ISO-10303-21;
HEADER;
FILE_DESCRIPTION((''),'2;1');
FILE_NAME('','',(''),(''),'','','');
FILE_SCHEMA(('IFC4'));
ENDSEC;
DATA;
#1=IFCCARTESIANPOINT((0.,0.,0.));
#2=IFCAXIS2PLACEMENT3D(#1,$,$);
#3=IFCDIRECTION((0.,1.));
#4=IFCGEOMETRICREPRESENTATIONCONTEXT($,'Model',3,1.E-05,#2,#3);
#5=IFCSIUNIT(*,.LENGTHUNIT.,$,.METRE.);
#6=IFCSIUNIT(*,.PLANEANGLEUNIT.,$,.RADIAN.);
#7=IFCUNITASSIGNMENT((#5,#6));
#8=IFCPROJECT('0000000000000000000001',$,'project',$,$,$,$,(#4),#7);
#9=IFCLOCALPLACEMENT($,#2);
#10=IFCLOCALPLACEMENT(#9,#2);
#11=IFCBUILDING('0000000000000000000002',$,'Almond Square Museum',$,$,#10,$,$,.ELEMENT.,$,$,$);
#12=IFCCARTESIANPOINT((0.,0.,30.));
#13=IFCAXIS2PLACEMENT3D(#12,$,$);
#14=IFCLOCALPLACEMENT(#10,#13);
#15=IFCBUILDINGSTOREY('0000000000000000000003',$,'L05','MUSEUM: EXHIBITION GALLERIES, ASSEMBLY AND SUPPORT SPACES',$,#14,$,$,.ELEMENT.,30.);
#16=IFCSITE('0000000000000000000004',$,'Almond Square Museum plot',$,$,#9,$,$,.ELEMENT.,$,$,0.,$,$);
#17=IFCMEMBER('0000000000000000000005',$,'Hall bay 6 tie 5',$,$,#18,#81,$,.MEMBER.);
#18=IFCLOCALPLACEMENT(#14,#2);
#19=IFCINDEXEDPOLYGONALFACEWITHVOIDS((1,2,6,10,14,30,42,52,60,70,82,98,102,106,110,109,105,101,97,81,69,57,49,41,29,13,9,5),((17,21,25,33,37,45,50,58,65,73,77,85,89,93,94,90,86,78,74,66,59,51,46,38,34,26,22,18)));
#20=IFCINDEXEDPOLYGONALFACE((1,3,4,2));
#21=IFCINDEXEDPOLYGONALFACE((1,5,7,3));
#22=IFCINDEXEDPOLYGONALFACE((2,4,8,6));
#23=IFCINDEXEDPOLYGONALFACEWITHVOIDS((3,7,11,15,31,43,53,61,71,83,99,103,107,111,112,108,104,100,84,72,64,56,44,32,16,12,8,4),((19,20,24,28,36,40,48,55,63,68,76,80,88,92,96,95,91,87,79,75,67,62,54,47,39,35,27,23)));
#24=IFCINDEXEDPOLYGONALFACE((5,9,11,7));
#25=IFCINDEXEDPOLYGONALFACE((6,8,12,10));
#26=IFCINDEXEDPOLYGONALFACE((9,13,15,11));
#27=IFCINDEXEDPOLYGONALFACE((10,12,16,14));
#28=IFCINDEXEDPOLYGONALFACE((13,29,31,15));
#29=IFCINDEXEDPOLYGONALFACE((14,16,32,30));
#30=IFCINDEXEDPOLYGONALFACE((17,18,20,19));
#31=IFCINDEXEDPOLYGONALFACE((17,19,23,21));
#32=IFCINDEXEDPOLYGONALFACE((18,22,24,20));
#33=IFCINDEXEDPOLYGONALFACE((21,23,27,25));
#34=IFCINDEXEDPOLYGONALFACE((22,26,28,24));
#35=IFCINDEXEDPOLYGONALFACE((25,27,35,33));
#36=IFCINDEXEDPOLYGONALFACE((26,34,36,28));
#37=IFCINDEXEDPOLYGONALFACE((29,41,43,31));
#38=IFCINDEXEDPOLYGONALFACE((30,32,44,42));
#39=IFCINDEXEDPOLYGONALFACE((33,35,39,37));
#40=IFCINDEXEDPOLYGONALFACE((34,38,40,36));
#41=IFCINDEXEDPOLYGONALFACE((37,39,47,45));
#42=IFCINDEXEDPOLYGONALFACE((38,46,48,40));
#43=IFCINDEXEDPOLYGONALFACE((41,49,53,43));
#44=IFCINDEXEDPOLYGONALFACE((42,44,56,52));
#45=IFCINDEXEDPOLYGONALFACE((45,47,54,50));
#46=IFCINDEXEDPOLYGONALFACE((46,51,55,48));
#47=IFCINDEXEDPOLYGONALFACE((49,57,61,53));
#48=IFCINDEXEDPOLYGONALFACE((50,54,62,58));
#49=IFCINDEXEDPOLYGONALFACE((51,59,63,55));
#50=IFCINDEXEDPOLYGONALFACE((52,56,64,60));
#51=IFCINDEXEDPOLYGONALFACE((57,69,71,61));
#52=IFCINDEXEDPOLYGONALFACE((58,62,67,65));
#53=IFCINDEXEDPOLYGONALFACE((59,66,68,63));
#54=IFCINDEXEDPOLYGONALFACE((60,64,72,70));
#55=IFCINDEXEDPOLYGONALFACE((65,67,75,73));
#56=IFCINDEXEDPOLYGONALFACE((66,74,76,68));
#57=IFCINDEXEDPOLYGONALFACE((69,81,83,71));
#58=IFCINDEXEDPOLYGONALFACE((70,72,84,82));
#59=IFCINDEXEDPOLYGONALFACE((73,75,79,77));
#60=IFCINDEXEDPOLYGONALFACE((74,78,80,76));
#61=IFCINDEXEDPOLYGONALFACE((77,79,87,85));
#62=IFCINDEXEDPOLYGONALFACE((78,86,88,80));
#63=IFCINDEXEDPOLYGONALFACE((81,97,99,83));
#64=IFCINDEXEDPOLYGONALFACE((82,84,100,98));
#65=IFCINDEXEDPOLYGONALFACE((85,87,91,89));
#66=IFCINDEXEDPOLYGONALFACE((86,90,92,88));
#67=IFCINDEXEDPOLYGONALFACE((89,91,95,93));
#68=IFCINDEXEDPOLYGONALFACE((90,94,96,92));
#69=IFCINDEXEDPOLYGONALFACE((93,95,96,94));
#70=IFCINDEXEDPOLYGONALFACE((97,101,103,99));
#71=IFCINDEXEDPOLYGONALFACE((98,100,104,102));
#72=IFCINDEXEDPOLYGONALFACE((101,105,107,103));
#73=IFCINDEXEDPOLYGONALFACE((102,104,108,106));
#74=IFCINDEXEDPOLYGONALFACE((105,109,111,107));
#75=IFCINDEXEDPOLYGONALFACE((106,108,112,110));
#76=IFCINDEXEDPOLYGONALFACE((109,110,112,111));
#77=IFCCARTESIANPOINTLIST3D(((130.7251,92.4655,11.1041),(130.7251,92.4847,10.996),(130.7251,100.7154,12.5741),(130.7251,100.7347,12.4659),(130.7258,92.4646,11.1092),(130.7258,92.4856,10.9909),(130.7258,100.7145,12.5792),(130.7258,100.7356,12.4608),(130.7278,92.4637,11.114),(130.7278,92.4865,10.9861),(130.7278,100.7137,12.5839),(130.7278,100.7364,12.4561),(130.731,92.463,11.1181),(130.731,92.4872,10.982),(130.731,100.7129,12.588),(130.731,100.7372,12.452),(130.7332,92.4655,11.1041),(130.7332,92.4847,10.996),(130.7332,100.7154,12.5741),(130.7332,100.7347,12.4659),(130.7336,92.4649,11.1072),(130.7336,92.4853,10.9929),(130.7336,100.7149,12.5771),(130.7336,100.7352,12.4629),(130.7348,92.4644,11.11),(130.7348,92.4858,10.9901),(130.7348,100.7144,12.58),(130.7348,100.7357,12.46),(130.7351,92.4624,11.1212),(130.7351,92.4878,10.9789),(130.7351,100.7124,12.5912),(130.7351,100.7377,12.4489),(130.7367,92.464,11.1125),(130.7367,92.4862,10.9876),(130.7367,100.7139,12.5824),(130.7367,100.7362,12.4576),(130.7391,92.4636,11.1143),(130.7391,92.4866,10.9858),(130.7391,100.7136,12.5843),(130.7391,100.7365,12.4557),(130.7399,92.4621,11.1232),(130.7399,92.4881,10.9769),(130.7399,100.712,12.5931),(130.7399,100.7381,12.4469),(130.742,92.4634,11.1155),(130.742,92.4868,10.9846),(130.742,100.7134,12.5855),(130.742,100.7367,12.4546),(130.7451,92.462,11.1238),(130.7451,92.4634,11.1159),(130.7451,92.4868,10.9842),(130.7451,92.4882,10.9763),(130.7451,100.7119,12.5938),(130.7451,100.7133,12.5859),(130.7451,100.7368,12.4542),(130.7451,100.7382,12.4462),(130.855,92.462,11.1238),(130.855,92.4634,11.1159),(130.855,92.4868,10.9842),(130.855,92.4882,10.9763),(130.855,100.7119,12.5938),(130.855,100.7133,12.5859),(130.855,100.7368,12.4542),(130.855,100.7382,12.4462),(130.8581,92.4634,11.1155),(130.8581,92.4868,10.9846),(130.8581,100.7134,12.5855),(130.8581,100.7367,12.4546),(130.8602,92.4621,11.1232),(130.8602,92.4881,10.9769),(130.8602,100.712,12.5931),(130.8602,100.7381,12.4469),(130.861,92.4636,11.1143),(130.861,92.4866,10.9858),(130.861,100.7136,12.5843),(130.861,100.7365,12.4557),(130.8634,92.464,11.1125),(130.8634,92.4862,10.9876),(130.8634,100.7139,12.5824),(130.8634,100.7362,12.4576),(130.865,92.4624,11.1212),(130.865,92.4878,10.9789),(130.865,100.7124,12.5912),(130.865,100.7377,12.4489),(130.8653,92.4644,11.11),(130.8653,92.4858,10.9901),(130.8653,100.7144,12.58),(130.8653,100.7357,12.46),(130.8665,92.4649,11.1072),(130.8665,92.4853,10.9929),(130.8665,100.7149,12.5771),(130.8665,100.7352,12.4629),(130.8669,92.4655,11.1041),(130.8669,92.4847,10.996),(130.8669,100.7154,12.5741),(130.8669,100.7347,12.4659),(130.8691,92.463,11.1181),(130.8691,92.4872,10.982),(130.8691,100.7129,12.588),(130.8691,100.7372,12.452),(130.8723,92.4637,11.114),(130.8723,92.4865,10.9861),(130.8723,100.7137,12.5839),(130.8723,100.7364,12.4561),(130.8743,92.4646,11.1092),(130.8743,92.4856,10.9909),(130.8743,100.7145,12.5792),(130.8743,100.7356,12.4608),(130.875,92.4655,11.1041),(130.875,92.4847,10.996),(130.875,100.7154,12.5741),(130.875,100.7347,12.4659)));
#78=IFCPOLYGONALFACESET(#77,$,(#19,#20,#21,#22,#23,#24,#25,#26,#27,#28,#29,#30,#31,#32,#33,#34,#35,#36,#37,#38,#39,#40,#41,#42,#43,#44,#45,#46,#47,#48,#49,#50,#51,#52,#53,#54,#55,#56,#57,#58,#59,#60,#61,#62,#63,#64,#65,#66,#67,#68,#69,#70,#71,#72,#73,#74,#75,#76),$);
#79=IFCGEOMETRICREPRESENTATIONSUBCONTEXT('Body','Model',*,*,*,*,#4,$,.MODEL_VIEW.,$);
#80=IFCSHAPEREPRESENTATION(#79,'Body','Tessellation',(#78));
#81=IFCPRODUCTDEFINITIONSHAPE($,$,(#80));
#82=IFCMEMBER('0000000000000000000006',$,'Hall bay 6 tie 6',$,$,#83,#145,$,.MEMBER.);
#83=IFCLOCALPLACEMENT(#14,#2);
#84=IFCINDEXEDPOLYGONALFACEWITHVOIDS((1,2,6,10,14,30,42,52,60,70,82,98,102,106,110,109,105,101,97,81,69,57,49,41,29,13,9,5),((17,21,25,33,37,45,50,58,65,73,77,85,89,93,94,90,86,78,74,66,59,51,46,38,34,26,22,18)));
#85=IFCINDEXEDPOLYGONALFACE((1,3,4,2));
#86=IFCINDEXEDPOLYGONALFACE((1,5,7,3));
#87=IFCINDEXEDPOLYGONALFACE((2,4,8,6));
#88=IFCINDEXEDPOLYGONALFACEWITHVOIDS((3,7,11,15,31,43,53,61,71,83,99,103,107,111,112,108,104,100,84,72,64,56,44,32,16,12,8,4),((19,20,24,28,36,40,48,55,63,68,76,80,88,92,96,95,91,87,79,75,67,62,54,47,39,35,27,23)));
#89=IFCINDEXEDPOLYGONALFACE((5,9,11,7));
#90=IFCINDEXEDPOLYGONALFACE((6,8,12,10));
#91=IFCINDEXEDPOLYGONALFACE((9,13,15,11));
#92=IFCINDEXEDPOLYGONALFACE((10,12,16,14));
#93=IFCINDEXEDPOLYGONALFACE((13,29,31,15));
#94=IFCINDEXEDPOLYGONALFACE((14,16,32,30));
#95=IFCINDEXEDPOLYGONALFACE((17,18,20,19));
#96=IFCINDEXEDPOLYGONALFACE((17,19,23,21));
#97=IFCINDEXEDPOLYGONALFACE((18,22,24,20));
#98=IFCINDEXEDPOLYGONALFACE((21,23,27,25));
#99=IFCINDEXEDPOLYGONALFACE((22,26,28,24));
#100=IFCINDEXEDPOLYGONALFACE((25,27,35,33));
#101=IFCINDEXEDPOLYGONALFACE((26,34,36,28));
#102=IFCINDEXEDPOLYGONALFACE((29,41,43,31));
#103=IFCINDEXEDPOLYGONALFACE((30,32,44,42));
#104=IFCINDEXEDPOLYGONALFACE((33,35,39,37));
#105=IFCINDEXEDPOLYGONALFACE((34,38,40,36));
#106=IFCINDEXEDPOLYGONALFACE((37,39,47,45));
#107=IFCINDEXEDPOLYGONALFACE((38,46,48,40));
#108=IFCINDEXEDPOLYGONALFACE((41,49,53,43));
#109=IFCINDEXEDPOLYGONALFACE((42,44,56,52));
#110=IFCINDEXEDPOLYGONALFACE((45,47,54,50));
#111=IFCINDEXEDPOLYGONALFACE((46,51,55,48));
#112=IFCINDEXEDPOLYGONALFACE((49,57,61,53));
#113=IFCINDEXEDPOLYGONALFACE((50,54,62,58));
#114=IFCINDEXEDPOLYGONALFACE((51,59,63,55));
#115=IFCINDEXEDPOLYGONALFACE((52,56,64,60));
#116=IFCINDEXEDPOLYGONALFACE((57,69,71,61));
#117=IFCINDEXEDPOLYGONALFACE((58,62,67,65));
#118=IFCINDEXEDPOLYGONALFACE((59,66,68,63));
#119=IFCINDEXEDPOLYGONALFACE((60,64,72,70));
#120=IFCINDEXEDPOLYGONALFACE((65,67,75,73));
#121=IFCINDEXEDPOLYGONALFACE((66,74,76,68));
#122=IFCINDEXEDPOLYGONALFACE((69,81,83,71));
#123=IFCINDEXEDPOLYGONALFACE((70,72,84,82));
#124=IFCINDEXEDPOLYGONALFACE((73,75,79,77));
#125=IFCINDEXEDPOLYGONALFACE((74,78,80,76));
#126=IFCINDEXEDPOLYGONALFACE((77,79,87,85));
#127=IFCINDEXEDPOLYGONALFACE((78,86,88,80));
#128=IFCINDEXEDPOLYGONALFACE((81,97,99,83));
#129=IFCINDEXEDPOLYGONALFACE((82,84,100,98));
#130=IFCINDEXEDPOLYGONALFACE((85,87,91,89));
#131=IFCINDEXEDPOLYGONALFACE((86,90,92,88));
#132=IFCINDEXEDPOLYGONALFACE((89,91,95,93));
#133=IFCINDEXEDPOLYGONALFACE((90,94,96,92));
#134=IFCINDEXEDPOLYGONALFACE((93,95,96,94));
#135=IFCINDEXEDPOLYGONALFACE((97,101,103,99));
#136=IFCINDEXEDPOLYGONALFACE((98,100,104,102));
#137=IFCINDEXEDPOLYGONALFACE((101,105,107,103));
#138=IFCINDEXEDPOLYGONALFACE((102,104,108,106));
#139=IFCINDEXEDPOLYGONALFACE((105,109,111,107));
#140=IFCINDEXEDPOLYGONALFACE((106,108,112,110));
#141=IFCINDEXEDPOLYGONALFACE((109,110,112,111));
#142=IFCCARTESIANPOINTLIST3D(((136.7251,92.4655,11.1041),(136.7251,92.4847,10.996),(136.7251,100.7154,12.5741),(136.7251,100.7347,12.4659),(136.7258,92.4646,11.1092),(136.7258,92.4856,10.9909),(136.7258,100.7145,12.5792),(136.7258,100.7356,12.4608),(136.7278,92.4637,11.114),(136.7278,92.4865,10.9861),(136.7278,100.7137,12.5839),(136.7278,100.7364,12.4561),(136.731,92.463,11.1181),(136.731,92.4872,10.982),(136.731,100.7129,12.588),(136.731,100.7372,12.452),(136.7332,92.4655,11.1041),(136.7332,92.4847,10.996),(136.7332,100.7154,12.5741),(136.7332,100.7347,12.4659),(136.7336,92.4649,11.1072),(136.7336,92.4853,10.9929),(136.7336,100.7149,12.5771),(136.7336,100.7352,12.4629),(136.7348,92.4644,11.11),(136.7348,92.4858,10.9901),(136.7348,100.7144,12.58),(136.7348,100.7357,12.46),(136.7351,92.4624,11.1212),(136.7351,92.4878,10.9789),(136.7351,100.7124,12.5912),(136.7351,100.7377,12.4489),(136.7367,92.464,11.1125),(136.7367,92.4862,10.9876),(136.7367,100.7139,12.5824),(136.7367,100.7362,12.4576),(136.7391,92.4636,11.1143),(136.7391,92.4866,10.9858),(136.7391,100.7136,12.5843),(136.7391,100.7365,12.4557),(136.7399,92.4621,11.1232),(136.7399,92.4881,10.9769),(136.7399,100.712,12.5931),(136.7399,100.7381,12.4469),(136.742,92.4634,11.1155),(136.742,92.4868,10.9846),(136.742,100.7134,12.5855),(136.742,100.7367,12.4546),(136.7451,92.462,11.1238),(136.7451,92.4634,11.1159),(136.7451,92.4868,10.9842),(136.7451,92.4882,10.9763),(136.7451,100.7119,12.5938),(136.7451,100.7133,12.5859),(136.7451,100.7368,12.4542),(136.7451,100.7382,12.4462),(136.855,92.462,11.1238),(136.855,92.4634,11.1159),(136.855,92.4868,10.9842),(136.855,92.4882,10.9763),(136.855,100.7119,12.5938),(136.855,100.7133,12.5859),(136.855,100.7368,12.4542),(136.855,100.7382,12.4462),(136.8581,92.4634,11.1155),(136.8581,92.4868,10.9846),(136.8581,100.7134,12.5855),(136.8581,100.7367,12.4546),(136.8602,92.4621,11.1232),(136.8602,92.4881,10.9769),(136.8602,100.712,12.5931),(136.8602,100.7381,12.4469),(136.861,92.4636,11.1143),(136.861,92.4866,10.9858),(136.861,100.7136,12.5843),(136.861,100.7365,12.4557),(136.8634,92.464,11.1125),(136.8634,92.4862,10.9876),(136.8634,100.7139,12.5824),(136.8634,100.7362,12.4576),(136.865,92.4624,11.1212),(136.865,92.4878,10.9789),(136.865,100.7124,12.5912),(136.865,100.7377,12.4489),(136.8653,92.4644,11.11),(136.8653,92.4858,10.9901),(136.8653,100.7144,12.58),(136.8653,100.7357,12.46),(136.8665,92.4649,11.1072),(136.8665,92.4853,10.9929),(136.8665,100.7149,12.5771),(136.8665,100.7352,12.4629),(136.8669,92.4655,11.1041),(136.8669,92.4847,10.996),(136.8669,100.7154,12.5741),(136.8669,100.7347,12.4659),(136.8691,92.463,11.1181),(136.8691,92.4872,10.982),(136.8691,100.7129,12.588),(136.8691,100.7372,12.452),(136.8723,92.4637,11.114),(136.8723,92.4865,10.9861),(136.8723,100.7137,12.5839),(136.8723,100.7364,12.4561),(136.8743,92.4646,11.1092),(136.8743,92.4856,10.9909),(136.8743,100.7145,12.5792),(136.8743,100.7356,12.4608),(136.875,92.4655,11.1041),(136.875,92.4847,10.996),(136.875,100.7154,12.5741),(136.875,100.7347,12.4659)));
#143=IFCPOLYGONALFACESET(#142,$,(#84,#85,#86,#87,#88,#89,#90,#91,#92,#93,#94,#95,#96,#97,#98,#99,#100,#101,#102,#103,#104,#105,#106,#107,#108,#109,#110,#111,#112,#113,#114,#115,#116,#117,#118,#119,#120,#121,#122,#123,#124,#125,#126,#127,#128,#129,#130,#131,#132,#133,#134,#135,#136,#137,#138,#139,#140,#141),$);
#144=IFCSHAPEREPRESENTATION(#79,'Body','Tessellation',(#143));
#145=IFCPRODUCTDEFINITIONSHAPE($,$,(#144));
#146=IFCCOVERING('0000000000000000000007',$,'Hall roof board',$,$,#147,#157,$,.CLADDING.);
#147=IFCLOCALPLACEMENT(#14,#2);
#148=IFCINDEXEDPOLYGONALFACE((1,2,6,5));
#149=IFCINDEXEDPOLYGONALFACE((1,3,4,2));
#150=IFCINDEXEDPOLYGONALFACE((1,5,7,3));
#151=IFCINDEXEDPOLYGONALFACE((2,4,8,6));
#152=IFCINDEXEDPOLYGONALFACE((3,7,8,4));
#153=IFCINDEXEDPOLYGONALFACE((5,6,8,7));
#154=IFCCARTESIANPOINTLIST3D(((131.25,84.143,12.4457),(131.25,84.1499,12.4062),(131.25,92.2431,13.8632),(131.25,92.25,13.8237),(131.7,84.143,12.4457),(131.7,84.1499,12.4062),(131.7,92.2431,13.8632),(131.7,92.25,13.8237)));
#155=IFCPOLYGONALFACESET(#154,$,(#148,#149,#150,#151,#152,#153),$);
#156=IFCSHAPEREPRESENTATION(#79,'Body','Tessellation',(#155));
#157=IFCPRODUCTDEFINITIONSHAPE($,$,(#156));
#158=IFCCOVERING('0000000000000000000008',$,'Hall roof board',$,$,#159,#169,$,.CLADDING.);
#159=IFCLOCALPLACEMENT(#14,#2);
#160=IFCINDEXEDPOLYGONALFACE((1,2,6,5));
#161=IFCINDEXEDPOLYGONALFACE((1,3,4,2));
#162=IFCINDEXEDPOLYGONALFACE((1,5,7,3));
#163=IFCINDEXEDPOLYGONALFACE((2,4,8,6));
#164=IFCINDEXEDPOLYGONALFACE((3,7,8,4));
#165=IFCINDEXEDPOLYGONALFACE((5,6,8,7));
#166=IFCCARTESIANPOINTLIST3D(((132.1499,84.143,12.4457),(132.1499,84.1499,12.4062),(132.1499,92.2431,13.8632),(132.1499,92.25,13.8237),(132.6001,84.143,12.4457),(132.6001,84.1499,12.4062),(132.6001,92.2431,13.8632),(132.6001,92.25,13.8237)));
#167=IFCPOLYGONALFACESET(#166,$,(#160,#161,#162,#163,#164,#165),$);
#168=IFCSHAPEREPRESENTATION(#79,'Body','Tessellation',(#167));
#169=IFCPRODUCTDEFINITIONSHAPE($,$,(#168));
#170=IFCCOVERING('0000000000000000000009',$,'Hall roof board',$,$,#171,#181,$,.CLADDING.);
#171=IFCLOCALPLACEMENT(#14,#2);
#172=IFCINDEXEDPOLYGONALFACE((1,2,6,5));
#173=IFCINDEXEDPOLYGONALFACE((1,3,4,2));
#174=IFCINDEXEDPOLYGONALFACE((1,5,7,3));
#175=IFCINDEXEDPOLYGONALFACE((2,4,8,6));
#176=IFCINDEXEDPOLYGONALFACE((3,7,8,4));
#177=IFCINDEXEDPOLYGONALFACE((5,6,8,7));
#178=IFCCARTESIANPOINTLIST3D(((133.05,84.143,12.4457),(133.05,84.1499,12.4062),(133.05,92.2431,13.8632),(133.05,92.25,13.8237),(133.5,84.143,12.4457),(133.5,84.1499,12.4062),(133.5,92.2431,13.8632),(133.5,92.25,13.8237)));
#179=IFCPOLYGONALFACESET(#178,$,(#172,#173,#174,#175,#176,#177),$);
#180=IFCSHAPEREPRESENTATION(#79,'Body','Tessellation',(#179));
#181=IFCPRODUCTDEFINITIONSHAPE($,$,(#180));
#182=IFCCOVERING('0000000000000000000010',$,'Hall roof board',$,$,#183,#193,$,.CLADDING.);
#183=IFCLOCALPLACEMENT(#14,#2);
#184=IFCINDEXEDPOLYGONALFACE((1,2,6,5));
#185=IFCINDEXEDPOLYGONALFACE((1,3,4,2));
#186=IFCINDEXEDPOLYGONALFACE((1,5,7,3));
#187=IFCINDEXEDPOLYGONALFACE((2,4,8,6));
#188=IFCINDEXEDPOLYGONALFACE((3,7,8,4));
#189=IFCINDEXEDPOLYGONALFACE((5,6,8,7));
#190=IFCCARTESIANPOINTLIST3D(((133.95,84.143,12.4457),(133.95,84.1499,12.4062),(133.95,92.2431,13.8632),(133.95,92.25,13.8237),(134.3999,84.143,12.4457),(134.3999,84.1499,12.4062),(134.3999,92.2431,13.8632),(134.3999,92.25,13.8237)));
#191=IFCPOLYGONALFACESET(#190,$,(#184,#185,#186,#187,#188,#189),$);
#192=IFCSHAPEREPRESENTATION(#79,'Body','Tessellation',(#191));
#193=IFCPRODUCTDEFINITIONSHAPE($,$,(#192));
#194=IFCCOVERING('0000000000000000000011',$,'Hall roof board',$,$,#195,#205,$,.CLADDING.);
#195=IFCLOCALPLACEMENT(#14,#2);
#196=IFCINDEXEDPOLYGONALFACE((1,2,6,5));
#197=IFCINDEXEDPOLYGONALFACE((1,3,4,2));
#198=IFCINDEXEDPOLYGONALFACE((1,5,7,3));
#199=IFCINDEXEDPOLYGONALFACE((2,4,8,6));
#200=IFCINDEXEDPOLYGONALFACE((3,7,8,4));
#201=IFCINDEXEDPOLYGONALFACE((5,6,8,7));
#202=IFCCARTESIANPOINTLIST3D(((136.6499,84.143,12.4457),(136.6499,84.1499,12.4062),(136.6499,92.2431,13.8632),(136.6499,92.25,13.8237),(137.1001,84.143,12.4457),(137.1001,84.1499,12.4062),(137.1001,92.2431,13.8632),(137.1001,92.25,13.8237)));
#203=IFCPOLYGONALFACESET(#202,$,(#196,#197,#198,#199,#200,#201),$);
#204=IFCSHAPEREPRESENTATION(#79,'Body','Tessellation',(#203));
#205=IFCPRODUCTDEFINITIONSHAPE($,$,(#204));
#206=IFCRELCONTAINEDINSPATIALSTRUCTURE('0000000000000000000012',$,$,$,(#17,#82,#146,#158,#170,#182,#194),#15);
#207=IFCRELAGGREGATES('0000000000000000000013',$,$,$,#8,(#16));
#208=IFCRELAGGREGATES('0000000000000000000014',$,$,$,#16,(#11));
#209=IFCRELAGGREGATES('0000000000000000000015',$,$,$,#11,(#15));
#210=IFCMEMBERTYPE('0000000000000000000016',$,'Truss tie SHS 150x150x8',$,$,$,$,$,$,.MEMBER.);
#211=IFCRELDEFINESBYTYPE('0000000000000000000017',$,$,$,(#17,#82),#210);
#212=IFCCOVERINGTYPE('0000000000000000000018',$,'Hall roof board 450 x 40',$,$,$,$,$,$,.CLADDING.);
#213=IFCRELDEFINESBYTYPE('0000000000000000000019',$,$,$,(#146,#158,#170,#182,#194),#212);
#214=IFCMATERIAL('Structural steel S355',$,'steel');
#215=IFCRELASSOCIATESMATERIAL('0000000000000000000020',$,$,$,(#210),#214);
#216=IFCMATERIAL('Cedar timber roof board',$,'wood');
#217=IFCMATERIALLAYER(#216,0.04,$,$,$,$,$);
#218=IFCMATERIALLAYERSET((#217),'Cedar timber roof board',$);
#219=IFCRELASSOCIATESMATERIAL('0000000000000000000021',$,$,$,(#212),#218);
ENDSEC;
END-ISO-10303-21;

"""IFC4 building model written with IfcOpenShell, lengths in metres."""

from ifc_helpers import new_model, si_unit, direction, frame, origin, origin_2d, place, context, subcontext, project, spatial, polyline, hollow_rectangle, outline, extrude, material, layer, layer_set, material_profile, profile_set, type_object, element, save


model = new_model("IFC4")

# Units and contexts
model_context = context("Model", 3, precision=1e-05, world=origin(), true_north=direction((0.0, 1.0)))
body_context = subcontext(model_context, "Body", "Model", "MODEL_VIEW")
ifc_project = project(units=[si_unit("LENGTHUNIT", "METRE"), si_unit("PLANEANGLEUNIT", "RADIAN")], contexts=[model_context])

# Site, building, storey
site_placement = place(None, origin())
site = spatial("IfcSite", under=ifc_project, at=site_placement, Name="Almond Square Museum plot", CompositionType="ELEMENT", RefElevation=0.0)
building_placement = place(site_placement, origin())
building = spatial("IfcBuilding", under=site, at=building_placement, Name="Almond Square Museum", CompositionType="ELEMENT")
storey_placement = place(building_placement, frame((0.0, 0.0, 30.0)))
storey = spatial("IfcBuildingStorey", under=building, at=storey_placement, Name="L05", Description="MUSEUM: EXHIBITION GALLERIES, ASSEMBLY AND SUPPORT SPACES", CompositionType="ELEMENT", Elevation=30.0)

# Members
ifc_material_1 = material(Name="Structural steel S355", Category="steel")
ifc_material_profile_1 = material_profile(ifc_material_1, hollow_rectangle(XDim=0.1499, YDim=0.1499, WallThickness=0.0081, InnerFilletRadius=0.012, OuterFilletRadius=0.02, at=origin_2d()))
ifc_profile_set_1 = profile_set([ifc_material_profile_1], Name="Structural steel S355")
member_type_1 = type_object("IfcMemberType", Name="Truss tie SHS 150x150x8", PredefinedType="MEMBER", material=ifc_profile_set_1)
for number, where, z_axis, x_axis, name in (
    (1, (130.8, 92.4751, 11.05), (0.0, 0.984494, 0.175416), (-1.0, 0.0, 0.0), "Hall bay 6 tie 5"),
    (2, (136.8, 92.4751, 11.05), (0.0, 0.984494, 0.175416), (-1.0, 0.0, 0.0), "Hall bay 6 tie 6"),
):
    element("IfcMember", number, at=place(storey_placement, frame(where, z_axis=z_axis, x_axis=x_axis)), inside=storey, type_object=member_type_1, Name=name, PredefinedType="MEMBER", context=body_context, shape_type="SweptSolid", body=[
        extrude(hollow_rectangle(XDim=0.1499, YDim=0.1499, WallThickness=0.0081, InnerFilletRadius=0.012, OuterFilletRadius=0.02, at=origin_2d()), origin(), (0.0, 0.0, 1.0), 8.3799),
    ])

# Coverings
ifc_material_2 = material(Name="Cedar timber roof board", Category="wood")
ifc_layer = layer(ifc_material_2, 0.04)
ifc_layer_set = layer_set([ifc_layer], Name="Cedar timber roof board")
covering_type = type_object("IfcCoveringType", Name="Hall roof board 450 x 40", PredefinedType="CLADDING", material=ifc_layer_set)
covering_1_placement = place(storey_placement, frame((131.7, 92.25, 13.8237), z_axis=(0.0, -0.172376, 0.985031), x_axis=(-1.0, 0.0, 0.0)))
element("IfcCovering", 3, at=covering_1_placement, inside=storey, type_object=covering_type, Name="Hall roof board", PredefinedType="CLADDING", context=body_context, shape_type="SweptSolid", body=[
    extrude(outline(polyline([(0.0, 0.0), (0.45, 0.0), (0.45, 8.2232), (0.0, 8.2232), (0.0, 0.0)])), origin(), (0.0, 0.0, 1.0), 0.04),
])
covering_2_placement = place(storey_placement, frame((132.6001, 92.25, 13.8237), z_axis=(0.0, -0.172376, 0.985031), x_axis=(-1.0, 0.0, 0.0)))
element("IfcCovering", 4, at=covering_2_placement, inside=storey, type_object=covering_type, Name="Hall roof board", PredefinedType="CLADDING", context=body_context, shape_type="SweptSolid", body=[
    extrude(outline(polyline([(0.0, 0.0), (0.4502, 0.0), (0.4502, 8.2232), (0.0, 8.2232), (0.0, 0.0)])), origin(), (0.0, 0.0, 1.0), 0.04),
])
for number, where, z_axis, x_axis, name in (
    (5, (133.5, 92.25, 13.8237), (0.0, -0.172376, 0.985031), (-1.0, 0.0, 0.0), "Hall roof board"),
    (6, (134.3999, 92.25, 13.8237), (0.0, -0.172376, 0.985031), (-1.0, 0.0, 0.0), "Hall roof board"),
):
    element("IfcCovering", number, at=place(storey_placement, frame(where, z_axis=z_axis, x_axis=x_axis)), inside=storey, type_object=covering_type, Name=name, PredefinedType="CLADDING", context=body_context, shape_type="SweptSolid", body=[
        extrude(outline(polyline([(0.0, 0.0), (0.45, 0.0), (0.45, 8.2232), (0.0, 8.2232), (0.0, 0.0)])), origin(), (0.0, 0.0, 1.0), 0.04),
    ])
covering_3_placement = place(storey_placement, frame((137.1001, 92.25, 13.8237), z_axis=(0.0, -0.172376, 0.985031), x_axis=(-1.0, 0.0, 0.0)))
element("IfcCovering", 7, at=covering_3_placement, inside=storey, type_object=covering_type, Name="Hall roof board", PredefinedType="CLADDING", context=body_context, shape_type="SweptSolid", body=[
    extrude(outline(polyline([(0.0, 0.0), (0.4502, 0.0), (0.4502, 8.2232), (0.0, 8.2232), (0.0, 0.0)])), origin(), (0.0, 0.0, 1.0), 0.04),
])

save(model, "model.ifc")
